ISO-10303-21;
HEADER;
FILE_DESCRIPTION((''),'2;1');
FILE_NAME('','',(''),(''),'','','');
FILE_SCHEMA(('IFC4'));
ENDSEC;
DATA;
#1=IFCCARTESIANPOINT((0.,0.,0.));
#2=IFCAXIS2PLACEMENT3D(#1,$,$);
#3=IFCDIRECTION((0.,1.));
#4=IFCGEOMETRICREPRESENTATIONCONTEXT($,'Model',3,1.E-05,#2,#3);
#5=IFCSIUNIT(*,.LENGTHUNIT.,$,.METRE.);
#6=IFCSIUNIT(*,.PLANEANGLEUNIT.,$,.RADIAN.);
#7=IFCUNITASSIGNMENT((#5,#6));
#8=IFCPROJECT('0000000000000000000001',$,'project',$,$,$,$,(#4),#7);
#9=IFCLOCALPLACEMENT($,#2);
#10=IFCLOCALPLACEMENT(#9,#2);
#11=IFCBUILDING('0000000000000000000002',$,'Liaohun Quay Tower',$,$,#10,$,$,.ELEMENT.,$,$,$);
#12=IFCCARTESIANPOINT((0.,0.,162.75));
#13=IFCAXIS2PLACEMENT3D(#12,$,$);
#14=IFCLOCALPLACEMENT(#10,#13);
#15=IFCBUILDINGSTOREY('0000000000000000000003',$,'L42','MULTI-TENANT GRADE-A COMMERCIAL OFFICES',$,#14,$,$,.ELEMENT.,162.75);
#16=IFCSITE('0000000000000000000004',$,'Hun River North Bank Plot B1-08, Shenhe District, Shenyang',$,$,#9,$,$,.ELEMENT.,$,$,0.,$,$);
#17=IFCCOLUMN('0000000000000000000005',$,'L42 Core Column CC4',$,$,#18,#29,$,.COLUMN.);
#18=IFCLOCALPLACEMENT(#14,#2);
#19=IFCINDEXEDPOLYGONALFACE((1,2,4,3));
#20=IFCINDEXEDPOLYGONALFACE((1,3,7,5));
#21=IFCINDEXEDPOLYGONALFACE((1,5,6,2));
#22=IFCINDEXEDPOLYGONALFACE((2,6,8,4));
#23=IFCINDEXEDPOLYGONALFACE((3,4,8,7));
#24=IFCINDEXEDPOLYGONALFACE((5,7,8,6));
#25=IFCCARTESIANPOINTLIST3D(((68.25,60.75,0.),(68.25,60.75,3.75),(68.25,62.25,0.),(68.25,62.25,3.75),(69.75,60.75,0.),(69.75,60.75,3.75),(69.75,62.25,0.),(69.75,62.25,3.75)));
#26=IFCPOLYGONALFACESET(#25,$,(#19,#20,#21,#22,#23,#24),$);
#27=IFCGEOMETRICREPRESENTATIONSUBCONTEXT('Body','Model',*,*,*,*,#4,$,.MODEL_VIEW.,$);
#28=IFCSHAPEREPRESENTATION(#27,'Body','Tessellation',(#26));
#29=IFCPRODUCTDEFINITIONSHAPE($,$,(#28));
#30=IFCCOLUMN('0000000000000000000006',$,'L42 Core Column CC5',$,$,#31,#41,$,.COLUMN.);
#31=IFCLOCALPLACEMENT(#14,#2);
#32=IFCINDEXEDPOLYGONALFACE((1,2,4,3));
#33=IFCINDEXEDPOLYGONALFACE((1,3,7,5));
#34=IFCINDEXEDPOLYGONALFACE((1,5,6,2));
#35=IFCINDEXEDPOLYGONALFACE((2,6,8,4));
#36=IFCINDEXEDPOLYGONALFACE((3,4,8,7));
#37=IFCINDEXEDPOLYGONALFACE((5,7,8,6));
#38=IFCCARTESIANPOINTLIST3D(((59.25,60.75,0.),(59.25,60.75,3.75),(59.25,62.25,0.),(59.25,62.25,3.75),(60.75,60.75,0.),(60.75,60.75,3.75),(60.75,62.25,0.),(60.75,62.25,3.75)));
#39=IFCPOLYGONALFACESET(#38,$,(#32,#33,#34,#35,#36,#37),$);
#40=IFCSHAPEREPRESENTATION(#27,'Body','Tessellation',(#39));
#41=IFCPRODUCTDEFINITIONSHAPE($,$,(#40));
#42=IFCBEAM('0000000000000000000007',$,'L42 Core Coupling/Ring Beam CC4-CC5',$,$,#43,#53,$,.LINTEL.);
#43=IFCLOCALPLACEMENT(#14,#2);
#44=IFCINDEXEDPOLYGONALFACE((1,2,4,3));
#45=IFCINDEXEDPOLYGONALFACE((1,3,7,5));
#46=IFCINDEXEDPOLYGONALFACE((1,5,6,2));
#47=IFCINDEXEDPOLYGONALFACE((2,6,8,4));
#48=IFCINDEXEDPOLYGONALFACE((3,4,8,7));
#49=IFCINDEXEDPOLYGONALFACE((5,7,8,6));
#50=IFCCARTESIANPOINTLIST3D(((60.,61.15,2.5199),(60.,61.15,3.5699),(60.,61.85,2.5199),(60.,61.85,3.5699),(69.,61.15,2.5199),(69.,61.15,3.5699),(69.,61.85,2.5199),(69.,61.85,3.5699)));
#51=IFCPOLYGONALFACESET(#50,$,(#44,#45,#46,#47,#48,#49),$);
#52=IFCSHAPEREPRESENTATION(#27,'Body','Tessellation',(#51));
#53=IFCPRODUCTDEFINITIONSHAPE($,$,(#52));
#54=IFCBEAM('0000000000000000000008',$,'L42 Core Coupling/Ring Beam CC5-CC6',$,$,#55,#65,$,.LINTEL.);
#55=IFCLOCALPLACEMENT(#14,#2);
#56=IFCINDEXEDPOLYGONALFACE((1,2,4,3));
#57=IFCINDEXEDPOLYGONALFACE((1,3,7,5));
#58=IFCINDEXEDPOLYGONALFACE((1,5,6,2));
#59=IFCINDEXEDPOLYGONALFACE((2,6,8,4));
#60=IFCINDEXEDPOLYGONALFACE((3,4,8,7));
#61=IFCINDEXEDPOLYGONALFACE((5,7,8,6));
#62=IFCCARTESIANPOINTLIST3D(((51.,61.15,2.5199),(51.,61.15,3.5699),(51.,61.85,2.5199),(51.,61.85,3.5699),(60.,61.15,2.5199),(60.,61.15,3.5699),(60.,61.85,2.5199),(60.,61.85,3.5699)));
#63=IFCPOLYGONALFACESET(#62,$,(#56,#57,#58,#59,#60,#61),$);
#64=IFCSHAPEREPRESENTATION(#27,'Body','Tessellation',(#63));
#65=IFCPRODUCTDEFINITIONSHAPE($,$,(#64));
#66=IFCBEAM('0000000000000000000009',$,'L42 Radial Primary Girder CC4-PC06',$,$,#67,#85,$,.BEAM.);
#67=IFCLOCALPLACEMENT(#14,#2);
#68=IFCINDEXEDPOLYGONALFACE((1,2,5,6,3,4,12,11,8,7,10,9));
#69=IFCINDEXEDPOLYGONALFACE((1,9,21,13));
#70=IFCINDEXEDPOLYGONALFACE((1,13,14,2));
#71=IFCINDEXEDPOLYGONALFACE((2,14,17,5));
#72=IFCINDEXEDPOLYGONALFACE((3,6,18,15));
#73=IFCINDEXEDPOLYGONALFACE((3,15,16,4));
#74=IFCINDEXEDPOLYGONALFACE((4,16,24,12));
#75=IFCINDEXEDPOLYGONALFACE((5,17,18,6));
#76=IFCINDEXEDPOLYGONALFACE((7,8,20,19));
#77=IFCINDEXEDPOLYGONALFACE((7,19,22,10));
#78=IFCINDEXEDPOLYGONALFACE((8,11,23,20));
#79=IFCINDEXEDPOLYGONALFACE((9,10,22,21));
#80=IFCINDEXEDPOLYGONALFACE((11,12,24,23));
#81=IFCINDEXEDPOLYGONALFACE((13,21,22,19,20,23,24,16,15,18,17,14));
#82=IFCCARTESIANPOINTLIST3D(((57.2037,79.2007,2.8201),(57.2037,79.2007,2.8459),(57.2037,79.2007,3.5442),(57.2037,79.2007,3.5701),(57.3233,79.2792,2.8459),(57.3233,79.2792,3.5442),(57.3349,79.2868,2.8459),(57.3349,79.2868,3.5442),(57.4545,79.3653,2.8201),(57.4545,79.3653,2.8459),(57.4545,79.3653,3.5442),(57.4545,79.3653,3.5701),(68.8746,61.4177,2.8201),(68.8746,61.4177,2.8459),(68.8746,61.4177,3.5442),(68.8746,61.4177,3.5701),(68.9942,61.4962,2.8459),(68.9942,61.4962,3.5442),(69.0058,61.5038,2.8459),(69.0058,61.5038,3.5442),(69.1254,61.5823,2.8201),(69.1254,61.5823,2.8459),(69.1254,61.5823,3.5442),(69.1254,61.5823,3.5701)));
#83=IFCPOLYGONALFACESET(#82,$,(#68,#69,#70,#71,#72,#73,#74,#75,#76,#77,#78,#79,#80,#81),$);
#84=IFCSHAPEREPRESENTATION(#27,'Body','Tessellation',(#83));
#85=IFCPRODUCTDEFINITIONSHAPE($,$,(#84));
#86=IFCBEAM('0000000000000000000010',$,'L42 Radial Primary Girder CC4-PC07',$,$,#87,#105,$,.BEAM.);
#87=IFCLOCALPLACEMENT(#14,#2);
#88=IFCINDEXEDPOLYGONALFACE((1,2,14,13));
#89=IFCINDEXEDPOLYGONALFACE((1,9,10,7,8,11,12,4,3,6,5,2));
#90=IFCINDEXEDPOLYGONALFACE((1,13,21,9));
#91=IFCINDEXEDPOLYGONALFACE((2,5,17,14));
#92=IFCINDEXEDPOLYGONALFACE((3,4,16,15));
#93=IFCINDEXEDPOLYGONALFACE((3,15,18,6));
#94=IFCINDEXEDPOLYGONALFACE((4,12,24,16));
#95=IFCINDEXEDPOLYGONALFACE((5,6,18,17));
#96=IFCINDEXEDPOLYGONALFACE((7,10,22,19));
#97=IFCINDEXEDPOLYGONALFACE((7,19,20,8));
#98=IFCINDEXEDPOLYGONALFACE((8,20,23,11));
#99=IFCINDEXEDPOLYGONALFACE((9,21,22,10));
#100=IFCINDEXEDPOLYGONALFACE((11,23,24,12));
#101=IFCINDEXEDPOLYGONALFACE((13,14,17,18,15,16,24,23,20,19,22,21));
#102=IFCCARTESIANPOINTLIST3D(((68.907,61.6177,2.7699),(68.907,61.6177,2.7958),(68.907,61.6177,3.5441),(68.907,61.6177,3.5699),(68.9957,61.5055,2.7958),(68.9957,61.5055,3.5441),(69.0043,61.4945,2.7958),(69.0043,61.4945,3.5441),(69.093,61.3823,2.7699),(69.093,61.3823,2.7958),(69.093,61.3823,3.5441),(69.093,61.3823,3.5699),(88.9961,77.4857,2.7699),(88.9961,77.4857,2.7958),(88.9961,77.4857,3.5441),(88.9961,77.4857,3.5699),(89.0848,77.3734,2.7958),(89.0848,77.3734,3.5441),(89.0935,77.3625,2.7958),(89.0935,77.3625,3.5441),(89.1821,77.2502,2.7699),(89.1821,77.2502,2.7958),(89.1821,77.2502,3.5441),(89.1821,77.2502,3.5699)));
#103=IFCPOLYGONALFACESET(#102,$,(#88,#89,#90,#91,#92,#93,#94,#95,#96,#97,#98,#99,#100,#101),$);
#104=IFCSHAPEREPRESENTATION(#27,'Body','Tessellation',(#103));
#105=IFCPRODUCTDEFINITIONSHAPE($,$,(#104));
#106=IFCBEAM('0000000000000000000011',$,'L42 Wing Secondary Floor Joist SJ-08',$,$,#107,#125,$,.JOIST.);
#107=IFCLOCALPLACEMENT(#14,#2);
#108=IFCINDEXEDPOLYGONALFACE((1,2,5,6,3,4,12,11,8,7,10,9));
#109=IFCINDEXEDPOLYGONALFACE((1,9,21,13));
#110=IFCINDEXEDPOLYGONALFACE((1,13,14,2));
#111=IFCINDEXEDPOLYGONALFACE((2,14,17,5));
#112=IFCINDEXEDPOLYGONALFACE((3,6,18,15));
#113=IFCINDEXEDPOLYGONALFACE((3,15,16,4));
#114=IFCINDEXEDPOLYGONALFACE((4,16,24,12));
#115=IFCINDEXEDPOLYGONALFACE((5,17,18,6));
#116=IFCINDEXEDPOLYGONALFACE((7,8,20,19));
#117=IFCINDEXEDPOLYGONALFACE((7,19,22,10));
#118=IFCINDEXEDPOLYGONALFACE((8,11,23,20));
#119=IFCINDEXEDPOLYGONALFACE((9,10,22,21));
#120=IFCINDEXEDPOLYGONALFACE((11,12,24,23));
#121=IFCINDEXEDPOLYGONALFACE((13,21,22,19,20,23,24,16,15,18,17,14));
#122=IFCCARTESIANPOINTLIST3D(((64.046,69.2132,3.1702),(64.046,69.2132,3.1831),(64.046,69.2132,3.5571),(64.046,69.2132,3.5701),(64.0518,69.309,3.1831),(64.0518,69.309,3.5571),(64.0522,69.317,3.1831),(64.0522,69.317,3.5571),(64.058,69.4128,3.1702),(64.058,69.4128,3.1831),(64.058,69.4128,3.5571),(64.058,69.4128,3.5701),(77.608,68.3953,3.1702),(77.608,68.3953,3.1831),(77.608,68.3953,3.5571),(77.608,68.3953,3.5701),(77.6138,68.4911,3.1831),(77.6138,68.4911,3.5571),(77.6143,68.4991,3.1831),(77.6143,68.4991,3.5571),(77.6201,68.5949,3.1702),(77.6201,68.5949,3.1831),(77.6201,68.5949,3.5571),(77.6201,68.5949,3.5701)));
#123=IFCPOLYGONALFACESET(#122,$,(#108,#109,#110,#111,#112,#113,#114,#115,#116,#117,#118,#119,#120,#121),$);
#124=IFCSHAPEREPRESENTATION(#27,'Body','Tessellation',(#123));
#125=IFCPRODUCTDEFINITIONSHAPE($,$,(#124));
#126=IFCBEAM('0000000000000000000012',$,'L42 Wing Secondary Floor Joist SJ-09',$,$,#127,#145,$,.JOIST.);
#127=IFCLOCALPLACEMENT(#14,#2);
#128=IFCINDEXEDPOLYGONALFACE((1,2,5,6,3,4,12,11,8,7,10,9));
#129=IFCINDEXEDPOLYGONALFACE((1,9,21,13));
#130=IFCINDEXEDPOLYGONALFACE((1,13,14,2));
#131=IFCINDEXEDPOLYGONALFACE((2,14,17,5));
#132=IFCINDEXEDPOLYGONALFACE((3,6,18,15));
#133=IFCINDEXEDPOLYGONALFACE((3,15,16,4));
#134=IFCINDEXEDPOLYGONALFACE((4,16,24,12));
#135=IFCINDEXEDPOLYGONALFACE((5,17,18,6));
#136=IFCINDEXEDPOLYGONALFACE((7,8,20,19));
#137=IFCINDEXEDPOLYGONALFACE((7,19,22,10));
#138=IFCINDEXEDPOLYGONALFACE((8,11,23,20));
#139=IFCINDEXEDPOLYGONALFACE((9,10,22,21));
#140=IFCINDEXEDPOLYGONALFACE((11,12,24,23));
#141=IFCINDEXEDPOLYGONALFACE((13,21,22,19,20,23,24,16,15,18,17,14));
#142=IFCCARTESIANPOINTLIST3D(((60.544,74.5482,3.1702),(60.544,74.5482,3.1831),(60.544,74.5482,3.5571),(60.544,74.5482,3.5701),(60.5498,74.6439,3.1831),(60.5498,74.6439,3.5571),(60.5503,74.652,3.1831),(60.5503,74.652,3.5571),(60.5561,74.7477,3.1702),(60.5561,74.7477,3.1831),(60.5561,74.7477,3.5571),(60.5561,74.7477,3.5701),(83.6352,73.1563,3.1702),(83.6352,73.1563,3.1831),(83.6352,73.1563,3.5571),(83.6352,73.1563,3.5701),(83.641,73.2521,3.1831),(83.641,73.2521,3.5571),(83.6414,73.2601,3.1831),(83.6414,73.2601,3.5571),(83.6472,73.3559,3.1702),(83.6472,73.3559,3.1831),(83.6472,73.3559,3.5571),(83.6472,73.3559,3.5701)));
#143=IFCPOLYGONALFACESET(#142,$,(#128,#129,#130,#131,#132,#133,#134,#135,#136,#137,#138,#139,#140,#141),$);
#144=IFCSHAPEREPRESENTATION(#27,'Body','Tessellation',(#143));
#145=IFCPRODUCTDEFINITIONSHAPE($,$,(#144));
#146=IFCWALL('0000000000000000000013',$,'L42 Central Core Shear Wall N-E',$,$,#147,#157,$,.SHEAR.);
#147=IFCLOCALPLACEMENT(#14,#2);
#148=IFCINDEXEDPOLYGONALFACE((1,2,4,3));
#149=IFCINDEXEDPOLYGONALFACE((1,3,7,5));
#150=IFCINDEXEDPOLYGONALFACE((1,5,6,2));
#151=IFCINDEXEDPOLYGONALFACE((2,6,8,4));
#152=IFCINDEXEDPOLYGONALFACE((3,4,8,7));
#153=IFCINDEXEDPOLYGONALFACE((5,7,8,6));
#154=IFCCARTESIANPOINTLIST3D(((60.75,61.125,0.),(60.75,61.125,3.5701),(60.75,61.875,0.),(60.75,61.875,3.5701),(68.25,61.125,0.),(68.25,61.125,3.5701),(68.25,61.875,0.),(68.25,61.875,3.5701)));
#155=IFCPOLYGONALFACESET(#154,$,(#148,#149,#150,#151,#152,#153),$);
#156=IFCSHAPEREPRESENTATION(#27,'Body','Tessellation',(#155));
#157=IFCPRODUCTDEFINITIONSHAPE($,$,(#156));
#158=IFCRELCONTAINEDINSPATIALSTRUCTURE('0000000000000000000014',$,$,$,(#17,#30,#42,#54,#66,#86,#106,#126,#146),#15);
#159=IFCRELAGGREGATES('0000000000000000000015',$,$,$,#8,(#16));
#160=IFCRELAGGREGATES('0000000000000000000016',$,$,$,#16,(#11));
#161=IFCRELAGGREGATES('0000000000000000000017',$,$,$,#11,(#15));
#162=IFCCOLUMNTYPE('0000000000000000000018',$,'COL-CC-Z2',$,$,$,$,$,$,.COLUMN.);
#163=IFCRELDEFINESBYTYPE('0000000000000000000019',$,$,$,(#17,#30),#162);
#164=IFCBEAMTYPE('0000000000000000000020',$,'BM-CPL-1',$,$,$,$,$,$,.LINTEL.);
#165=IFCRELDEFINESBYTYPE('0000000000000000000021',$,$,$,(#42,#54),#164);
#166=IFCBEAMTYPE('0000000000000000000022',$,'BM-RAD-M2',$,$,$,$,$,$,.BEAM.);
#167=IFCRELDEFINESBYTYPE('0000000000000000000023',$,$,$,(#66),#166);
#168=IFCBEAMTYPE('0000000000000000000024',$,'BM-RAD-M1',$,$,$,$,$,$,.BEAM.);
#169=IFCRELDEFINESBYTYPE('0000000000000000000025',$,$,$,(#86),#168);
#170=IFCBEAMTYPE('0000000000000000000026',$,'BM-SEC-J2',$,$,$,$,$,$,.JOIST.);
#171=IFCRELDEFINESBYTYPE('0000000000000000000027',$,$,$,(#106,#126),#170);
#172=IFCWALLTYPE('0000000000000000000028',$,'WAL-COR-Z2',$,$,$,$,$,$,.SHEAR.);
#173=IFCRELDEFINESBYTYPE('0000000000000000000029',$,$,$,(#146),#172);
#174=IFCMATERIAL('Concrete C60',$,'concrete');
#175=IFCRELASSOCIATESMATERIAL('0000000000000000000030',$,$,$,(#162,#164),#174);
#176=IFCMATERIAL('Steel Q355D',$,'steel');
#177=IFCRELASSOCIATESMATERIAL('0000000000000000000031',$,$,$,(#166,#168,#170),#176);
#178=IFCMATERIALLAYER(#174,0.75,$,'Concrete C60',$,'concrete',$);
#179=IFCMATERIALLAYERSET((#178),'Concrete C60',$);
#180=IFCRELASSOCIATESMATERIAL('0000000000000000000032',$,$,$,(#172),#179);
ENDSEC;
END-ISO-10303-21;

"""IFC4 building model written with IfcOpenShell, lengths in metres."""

from ifc_helpers import new_model, si_unit, direction, frame, frame_2d, origin, origin_2d, place, context, subcontext, project, spatial, rectangle, i_section, extrude, source, transform, mapped, material, layer, layer_set, material_profile, profile_set, type_object, element, save


model = new_model("IFC4")

# Units and contexts
model_context = context("Model", 3, precision=1e-05, world=origin(), true_north=direction((0.0, 1.0)))
body_context = subcontext(model_context, "Body", "Model", "MODEL_VIEW")
ifc_project = project(units=[si_unit("LENGTHUNIT", "METRE"), si_unit("PLANEANGLEUNIT", "RADIAN")], contexts=[model_context])

# Site, building, storey
site_placement = place(None, origin())
site = spatial("IfcSite", under=ifc_project, at=site_placement, Name="Hun River North Bank Plot B1-08, Shenhe District, Shenyang", CompositionType="ELEMENT", RefElevation=0.0)
building_placement = place(site_placement, origin())
building = spatial("IfcBuilding", under=site, at=building_placement, Name="Liaohun Quay Tower", CompositionType="ELEMENT")
storey_placement = place(building_placement, frame((0.0, 0.0, 162.75)))
storey = spatial("IfcBuildingStorey", under=building, at=storey_placement, Name="L42", Description="MULTI-TENANT GRADE-A COMMERCIAL OFFICES", CompositionType="ELEMENT", Elevation=162.75)

# Columns
ifc_material_1 = material(Name="Concrete C60", Category="concrete")
ifc_material_profile_1 = material_profile(ifc_material_1, rectangle(XDim=1.5, YDim=1.5, at=origin_2d()), Name="RC1500x1500")
ifc_profile_set_1 = profile_set([ifc_material_profile_1], Name="Concrete C60")
column_type = type_object("IfcColumnType", Name="COL-CC-Z2", PredefinedType="COLUMN", material=ifc_profile_set_1)
shared_shape_1 = source(origin(), body_context, "Body", "SweptSolid", [
    extrude(rectangle(XDim=1.5, YDim=1.5, at=origin_2d()), origin(), (0.0, 0.0, 1.0), 3.75),
])
for number, where, z_axis, x_axis, name in (
    (1, (69.0, 61.5, 0.0), (0.0, 0.0, 1.0), (1.0, 0.0, 0.0), "L42 Core Column CC4"),
    (2, (60.0, 61.5, 0.0), (0.0, 0.0, 1.0), (1.0, 0.0, 0.0), "L42 Core Column CC5"),
):
    element("IfcColumn", number, at=place(storey_placement, frame(where, z_axis=z_axis, x_axis=x_axis)), inside=storey, type_object=column_type, Name=name, PredefinedType="COLUMN", context=body_context, shape_type="MappedRepresentation", body=[
        mapped(shared_shape_1, transform((0.0, 0.0, 0.0), x_axis=(1.0, 0.0, 0.0), y_axis=(0.0, 1.0, 0.0), z_axis=(0.0, 0.0, 1.0), scale=1.0)),
    ])

# Beams
ifc_material_profile_2 = material_profile(ifc_material_1, rectangle(XDim=0.7, YDim=1.05, at=origin_2d()), Name="RC700x1050")
ifc_profile_set_2 = profile_set([ifc_material_profile_2], Name="Concrete C60")
beam_type_1 = type_object("IfcBeamType", Name="BM-CPL-1", PredefinedType="LINTEL", material=ifc_profile_set_2)
shared_shape_2 = source(origin(), body_context, "Body", "SweptSolid", [
    extrude(rectangle(XDim=0.7, YDim=1.05, at=origin_2d()), origin(), (0.0, 0.0, 1.0), 9.0),
])
for number, where, z_axis, x_axis, name in (
    (3, (69.0, 61.5, 3.0449), (-1.0, 0.0, 0.0), (0.0, -1.0, 0.0), "L42 Core Coupling/Ring Beam CC4-CC5"),
    (4, (60.0, 61.5, 3.0449), (-1.0, 0.0, 0.0), (0.0, -1.0, 0.0), "L42 Core Coupling/Ring Beam CC5-CC6"),
):
    element("IfcBeam", number, at=place(storey_placement, frame(where, z_axis=z_axis, x_axis=x_axis)), inside=storey, type_object=beam_type_1, Name=name, PredefinedType="LINTEL", context=body_context, shape_type="MappedRepresentation", body=[
        mapped(shared_shape_2, transform((0.0, 0.0, 0.0), x_axis=(1.0, 0.0, 0.0), y_axis=(0.0, 1.0, 0.0), z_axis=(0.0, 0.0, 1.0), scale=1.0)),
    ])
ifc_material_2 = material(Name="Steel Q355D", Category="steel")
ifc_material_profile_3 = material_profile(ifc_material_2, i_section(OverallWidth=0.3, OverallDepth=0.75, WebThickness=0.0139, FlangeThickness=0.0259, at=origin_2d()), Name="HN750x300x14x26")
ifc_profile_set_3 = profile_set([ifc_material_profile_3], Name="Steel Q355D")
beam_type_2 = type_object("IfcBeamType", Name="BM-RAD-M2", PredefinedType="BEAM", material=ifc_profile_set_3)
shared_shape_3 = source(origin(), body_context, "Body", "SweptSolid", [
    extrude(i_section(OverallWidth=0.3, OverallDepth=0.75, WebThickness=0.0139, FlangeThickness=0.0259, at=origin_2d()), origin(), (0.0, 0.0, 1.0), 21.2708),
])
beam_1_placement = place(storey_placement, frame((69.0, 61.5, 3.1951), z_axis=(-0.548684, 0.83603, 0.0), x_axis=(-0.83603, -0.548684, 0.0)))
element("IfcBeam", 5, at=beam_1_placement, inside=storey, type_object=beam_type_2, Name="L42 Radial Primary Girder CC4-PC06", PredefinedType="BEAM", context=body_context, shape_type="MappedRepresentation", body=[
    mapped(shared_shape_3, transform((0.0, 0.0, 0.0), x_axis=(1.0, 0.0, 0.0), y_axis=(0.0, 1.0, 0.0), z_axis=(0.0, 0.0, 1.0), scale=1.0)),
])
ifc_material_profile_4 = material_profile(ifc_material_2, i_section(OverallWidth=0.3, OverallDepth=0.8, WebThickness=0.0139, FlangeThickness=0.0259, at=origin_2d()), Name="HN800x300x14x26")
ifc_profile_set_4 = profile_set([ifc_material_profile_4], Name="Steel Q355D")
beam_type_3 = type_object("IfcBeamType", Name="BM-RAD-M1", PredefinedType="BEAM", material=ifc_profile_set_4)
shared_shape_4 = source(origin(), body_context, "Body", "SweptSolid", [
    extrude(i_section(OverallWidth=0.3, OverallDepth=0.8, WebThickness=0.0139, FlangeThickness=0.0259, at=origin_2d()), origin(), (0.0, 0.0, 1.0), 25.6001),
])
beam_2_placement = place(storey_placement, frame((69.0, 61.5, 3.1699), z_axis=(0.784729, 0.619839, 0.0), x_axis=(-0.619839, 0.784729, 0.0)))
element("IfcBeam", 6, at=beam_2_placement, inside=storey, type_object=beam_type_3, Name="L42 Radial Primary Girder CC4-PC07", PredefinedType="BEAM", context=body_context, shape_type="MappedRepresentation", body=[
    mapped(shared_shape_4, transform((0.0, 0.0, 0.0), x_axis=(1.0, 0.0, 0.0), y_axis=(0.0, 1.0, 0.0), z_axis=(0.0, 0.0, 1.0), scale=1.0)),
])
ifc_material_profile_5 = material_profile(ifc_material_2, i_section(OverallWidth=0.2, OverallDepth=0.3999, WebThickness=0.0081, FlangeThickness=0.0129, at=origin_2d()), Name="HN400x200x8x13")
ifc_profile_set_5 = profile_set([ifc_material_profile_5], Name="Steel Q355D")
beam_type_4 = type_object("IfcBeamType", Name="BM-SEC-J2", PredefinedType="JOIST", material=ifc_profile_set_5)
shared_shape_5 = source(origin(), body_context, "Body", "SweptSolid", [
    extrude(i_section(OverallWidth=0.2, OverallDepth=0.3999, WebThickness=0.0081, FlangeThickness=0.0129, at=origin_2d()), origin(), (0.0, 0.0, 1.0), 13.5867),
])
beam_3_placement = place(storey_placement, frame((64.052, 69.313, 3.3701), z_axis=(0.998187, -0.060197, 0.0), x_axis=(0.060197, 0.998187, 0.0)))
element("IfcBeam", 7, at=beam_3_placement, inside=storey, type_object=beam_type_4, Name="L42 Wing Secondary Floor Joist SJ-08", PredefinedType="JOIST", context=body_context, shape_type="MappedRepresentation", body=[
    mapped(shared_shape_5, transform((0.0, 0.0, 0.0), x_axis=(1.0, 0.0, 0.0), y_axis=(0.0, 1.0, 0.0), z_axis=(0.0, 0.0, 1.0), scale=1.0)),
])
shared_shape_6 = source(origin(), body_context, "Body", "SweptSolid", [
    extrude(i_section(OverallWidth=0.2, OverallDepth=0.3999, WebThickness=0.0081, FlangeThickness=0.0129, at=origin_2d()), origin(), (0.0, 0.0, 1.0), 23.1331),
])
beam_4_placement = place(storey_placement, frame((60.55, 74.6479, 3.3701), z_axis=(0.998188, -0.060167, 0.0), x_axis=(0.060167, 0.998188, 0.0)))
element("IfcBeam", 8, at=beam_4_placement, inside=storey, type_object=beam_type_4, Name="L42 Wing Secondary Floor Joist SJ-09", PredefinedType="JOIST", context=body_context, shape_type="MappedRepresentation", body=[
    mapped(shared_shape_6, transform((0.0, 0.0, 0.0), x_axis=(1.0, 0.0, 0.0), y_axis=(0.0, 1.0, 0.0), z_axis=(0.0, 0.0, 1.0), scale=1.0)),
])

# Wall
ifc_layer_1 = layer(ifc_material_1, 0.75, Name="Concrete C60", Category="concrete")
ifc_layer_set_1 = layer_set([ifc_layer_1], Name="Concrete C60")
wall_type_1 = type_object("IfcWallType", Name="WAL-COR-Z2", PredefinedType="SHEAR", material=ifc_layer_set_1)
wall_1_placement = place(storey_placement, frame((60.75, 61.5, 0.0), z_axis=(0.0, 0.0, 1.0), x_axis=(1.0, 0.0, 0.0)))
element("IfcWall", 9, at=wall_1_placement, inside=storey, type_object=wall_type_1, Name="L42 Central Core Shear Wall N-E", PredefinedType="SHEAR", context=body_context, shape_type="SweptSolid", body=[
    extrude(rectangle(XDim=7.5, YDim=0.75, at=frame_2d((3.75, 0.0))), origin(), (0.0, 0.0, 1.0), 3.5701),
])

save(model, "model.ifc")
